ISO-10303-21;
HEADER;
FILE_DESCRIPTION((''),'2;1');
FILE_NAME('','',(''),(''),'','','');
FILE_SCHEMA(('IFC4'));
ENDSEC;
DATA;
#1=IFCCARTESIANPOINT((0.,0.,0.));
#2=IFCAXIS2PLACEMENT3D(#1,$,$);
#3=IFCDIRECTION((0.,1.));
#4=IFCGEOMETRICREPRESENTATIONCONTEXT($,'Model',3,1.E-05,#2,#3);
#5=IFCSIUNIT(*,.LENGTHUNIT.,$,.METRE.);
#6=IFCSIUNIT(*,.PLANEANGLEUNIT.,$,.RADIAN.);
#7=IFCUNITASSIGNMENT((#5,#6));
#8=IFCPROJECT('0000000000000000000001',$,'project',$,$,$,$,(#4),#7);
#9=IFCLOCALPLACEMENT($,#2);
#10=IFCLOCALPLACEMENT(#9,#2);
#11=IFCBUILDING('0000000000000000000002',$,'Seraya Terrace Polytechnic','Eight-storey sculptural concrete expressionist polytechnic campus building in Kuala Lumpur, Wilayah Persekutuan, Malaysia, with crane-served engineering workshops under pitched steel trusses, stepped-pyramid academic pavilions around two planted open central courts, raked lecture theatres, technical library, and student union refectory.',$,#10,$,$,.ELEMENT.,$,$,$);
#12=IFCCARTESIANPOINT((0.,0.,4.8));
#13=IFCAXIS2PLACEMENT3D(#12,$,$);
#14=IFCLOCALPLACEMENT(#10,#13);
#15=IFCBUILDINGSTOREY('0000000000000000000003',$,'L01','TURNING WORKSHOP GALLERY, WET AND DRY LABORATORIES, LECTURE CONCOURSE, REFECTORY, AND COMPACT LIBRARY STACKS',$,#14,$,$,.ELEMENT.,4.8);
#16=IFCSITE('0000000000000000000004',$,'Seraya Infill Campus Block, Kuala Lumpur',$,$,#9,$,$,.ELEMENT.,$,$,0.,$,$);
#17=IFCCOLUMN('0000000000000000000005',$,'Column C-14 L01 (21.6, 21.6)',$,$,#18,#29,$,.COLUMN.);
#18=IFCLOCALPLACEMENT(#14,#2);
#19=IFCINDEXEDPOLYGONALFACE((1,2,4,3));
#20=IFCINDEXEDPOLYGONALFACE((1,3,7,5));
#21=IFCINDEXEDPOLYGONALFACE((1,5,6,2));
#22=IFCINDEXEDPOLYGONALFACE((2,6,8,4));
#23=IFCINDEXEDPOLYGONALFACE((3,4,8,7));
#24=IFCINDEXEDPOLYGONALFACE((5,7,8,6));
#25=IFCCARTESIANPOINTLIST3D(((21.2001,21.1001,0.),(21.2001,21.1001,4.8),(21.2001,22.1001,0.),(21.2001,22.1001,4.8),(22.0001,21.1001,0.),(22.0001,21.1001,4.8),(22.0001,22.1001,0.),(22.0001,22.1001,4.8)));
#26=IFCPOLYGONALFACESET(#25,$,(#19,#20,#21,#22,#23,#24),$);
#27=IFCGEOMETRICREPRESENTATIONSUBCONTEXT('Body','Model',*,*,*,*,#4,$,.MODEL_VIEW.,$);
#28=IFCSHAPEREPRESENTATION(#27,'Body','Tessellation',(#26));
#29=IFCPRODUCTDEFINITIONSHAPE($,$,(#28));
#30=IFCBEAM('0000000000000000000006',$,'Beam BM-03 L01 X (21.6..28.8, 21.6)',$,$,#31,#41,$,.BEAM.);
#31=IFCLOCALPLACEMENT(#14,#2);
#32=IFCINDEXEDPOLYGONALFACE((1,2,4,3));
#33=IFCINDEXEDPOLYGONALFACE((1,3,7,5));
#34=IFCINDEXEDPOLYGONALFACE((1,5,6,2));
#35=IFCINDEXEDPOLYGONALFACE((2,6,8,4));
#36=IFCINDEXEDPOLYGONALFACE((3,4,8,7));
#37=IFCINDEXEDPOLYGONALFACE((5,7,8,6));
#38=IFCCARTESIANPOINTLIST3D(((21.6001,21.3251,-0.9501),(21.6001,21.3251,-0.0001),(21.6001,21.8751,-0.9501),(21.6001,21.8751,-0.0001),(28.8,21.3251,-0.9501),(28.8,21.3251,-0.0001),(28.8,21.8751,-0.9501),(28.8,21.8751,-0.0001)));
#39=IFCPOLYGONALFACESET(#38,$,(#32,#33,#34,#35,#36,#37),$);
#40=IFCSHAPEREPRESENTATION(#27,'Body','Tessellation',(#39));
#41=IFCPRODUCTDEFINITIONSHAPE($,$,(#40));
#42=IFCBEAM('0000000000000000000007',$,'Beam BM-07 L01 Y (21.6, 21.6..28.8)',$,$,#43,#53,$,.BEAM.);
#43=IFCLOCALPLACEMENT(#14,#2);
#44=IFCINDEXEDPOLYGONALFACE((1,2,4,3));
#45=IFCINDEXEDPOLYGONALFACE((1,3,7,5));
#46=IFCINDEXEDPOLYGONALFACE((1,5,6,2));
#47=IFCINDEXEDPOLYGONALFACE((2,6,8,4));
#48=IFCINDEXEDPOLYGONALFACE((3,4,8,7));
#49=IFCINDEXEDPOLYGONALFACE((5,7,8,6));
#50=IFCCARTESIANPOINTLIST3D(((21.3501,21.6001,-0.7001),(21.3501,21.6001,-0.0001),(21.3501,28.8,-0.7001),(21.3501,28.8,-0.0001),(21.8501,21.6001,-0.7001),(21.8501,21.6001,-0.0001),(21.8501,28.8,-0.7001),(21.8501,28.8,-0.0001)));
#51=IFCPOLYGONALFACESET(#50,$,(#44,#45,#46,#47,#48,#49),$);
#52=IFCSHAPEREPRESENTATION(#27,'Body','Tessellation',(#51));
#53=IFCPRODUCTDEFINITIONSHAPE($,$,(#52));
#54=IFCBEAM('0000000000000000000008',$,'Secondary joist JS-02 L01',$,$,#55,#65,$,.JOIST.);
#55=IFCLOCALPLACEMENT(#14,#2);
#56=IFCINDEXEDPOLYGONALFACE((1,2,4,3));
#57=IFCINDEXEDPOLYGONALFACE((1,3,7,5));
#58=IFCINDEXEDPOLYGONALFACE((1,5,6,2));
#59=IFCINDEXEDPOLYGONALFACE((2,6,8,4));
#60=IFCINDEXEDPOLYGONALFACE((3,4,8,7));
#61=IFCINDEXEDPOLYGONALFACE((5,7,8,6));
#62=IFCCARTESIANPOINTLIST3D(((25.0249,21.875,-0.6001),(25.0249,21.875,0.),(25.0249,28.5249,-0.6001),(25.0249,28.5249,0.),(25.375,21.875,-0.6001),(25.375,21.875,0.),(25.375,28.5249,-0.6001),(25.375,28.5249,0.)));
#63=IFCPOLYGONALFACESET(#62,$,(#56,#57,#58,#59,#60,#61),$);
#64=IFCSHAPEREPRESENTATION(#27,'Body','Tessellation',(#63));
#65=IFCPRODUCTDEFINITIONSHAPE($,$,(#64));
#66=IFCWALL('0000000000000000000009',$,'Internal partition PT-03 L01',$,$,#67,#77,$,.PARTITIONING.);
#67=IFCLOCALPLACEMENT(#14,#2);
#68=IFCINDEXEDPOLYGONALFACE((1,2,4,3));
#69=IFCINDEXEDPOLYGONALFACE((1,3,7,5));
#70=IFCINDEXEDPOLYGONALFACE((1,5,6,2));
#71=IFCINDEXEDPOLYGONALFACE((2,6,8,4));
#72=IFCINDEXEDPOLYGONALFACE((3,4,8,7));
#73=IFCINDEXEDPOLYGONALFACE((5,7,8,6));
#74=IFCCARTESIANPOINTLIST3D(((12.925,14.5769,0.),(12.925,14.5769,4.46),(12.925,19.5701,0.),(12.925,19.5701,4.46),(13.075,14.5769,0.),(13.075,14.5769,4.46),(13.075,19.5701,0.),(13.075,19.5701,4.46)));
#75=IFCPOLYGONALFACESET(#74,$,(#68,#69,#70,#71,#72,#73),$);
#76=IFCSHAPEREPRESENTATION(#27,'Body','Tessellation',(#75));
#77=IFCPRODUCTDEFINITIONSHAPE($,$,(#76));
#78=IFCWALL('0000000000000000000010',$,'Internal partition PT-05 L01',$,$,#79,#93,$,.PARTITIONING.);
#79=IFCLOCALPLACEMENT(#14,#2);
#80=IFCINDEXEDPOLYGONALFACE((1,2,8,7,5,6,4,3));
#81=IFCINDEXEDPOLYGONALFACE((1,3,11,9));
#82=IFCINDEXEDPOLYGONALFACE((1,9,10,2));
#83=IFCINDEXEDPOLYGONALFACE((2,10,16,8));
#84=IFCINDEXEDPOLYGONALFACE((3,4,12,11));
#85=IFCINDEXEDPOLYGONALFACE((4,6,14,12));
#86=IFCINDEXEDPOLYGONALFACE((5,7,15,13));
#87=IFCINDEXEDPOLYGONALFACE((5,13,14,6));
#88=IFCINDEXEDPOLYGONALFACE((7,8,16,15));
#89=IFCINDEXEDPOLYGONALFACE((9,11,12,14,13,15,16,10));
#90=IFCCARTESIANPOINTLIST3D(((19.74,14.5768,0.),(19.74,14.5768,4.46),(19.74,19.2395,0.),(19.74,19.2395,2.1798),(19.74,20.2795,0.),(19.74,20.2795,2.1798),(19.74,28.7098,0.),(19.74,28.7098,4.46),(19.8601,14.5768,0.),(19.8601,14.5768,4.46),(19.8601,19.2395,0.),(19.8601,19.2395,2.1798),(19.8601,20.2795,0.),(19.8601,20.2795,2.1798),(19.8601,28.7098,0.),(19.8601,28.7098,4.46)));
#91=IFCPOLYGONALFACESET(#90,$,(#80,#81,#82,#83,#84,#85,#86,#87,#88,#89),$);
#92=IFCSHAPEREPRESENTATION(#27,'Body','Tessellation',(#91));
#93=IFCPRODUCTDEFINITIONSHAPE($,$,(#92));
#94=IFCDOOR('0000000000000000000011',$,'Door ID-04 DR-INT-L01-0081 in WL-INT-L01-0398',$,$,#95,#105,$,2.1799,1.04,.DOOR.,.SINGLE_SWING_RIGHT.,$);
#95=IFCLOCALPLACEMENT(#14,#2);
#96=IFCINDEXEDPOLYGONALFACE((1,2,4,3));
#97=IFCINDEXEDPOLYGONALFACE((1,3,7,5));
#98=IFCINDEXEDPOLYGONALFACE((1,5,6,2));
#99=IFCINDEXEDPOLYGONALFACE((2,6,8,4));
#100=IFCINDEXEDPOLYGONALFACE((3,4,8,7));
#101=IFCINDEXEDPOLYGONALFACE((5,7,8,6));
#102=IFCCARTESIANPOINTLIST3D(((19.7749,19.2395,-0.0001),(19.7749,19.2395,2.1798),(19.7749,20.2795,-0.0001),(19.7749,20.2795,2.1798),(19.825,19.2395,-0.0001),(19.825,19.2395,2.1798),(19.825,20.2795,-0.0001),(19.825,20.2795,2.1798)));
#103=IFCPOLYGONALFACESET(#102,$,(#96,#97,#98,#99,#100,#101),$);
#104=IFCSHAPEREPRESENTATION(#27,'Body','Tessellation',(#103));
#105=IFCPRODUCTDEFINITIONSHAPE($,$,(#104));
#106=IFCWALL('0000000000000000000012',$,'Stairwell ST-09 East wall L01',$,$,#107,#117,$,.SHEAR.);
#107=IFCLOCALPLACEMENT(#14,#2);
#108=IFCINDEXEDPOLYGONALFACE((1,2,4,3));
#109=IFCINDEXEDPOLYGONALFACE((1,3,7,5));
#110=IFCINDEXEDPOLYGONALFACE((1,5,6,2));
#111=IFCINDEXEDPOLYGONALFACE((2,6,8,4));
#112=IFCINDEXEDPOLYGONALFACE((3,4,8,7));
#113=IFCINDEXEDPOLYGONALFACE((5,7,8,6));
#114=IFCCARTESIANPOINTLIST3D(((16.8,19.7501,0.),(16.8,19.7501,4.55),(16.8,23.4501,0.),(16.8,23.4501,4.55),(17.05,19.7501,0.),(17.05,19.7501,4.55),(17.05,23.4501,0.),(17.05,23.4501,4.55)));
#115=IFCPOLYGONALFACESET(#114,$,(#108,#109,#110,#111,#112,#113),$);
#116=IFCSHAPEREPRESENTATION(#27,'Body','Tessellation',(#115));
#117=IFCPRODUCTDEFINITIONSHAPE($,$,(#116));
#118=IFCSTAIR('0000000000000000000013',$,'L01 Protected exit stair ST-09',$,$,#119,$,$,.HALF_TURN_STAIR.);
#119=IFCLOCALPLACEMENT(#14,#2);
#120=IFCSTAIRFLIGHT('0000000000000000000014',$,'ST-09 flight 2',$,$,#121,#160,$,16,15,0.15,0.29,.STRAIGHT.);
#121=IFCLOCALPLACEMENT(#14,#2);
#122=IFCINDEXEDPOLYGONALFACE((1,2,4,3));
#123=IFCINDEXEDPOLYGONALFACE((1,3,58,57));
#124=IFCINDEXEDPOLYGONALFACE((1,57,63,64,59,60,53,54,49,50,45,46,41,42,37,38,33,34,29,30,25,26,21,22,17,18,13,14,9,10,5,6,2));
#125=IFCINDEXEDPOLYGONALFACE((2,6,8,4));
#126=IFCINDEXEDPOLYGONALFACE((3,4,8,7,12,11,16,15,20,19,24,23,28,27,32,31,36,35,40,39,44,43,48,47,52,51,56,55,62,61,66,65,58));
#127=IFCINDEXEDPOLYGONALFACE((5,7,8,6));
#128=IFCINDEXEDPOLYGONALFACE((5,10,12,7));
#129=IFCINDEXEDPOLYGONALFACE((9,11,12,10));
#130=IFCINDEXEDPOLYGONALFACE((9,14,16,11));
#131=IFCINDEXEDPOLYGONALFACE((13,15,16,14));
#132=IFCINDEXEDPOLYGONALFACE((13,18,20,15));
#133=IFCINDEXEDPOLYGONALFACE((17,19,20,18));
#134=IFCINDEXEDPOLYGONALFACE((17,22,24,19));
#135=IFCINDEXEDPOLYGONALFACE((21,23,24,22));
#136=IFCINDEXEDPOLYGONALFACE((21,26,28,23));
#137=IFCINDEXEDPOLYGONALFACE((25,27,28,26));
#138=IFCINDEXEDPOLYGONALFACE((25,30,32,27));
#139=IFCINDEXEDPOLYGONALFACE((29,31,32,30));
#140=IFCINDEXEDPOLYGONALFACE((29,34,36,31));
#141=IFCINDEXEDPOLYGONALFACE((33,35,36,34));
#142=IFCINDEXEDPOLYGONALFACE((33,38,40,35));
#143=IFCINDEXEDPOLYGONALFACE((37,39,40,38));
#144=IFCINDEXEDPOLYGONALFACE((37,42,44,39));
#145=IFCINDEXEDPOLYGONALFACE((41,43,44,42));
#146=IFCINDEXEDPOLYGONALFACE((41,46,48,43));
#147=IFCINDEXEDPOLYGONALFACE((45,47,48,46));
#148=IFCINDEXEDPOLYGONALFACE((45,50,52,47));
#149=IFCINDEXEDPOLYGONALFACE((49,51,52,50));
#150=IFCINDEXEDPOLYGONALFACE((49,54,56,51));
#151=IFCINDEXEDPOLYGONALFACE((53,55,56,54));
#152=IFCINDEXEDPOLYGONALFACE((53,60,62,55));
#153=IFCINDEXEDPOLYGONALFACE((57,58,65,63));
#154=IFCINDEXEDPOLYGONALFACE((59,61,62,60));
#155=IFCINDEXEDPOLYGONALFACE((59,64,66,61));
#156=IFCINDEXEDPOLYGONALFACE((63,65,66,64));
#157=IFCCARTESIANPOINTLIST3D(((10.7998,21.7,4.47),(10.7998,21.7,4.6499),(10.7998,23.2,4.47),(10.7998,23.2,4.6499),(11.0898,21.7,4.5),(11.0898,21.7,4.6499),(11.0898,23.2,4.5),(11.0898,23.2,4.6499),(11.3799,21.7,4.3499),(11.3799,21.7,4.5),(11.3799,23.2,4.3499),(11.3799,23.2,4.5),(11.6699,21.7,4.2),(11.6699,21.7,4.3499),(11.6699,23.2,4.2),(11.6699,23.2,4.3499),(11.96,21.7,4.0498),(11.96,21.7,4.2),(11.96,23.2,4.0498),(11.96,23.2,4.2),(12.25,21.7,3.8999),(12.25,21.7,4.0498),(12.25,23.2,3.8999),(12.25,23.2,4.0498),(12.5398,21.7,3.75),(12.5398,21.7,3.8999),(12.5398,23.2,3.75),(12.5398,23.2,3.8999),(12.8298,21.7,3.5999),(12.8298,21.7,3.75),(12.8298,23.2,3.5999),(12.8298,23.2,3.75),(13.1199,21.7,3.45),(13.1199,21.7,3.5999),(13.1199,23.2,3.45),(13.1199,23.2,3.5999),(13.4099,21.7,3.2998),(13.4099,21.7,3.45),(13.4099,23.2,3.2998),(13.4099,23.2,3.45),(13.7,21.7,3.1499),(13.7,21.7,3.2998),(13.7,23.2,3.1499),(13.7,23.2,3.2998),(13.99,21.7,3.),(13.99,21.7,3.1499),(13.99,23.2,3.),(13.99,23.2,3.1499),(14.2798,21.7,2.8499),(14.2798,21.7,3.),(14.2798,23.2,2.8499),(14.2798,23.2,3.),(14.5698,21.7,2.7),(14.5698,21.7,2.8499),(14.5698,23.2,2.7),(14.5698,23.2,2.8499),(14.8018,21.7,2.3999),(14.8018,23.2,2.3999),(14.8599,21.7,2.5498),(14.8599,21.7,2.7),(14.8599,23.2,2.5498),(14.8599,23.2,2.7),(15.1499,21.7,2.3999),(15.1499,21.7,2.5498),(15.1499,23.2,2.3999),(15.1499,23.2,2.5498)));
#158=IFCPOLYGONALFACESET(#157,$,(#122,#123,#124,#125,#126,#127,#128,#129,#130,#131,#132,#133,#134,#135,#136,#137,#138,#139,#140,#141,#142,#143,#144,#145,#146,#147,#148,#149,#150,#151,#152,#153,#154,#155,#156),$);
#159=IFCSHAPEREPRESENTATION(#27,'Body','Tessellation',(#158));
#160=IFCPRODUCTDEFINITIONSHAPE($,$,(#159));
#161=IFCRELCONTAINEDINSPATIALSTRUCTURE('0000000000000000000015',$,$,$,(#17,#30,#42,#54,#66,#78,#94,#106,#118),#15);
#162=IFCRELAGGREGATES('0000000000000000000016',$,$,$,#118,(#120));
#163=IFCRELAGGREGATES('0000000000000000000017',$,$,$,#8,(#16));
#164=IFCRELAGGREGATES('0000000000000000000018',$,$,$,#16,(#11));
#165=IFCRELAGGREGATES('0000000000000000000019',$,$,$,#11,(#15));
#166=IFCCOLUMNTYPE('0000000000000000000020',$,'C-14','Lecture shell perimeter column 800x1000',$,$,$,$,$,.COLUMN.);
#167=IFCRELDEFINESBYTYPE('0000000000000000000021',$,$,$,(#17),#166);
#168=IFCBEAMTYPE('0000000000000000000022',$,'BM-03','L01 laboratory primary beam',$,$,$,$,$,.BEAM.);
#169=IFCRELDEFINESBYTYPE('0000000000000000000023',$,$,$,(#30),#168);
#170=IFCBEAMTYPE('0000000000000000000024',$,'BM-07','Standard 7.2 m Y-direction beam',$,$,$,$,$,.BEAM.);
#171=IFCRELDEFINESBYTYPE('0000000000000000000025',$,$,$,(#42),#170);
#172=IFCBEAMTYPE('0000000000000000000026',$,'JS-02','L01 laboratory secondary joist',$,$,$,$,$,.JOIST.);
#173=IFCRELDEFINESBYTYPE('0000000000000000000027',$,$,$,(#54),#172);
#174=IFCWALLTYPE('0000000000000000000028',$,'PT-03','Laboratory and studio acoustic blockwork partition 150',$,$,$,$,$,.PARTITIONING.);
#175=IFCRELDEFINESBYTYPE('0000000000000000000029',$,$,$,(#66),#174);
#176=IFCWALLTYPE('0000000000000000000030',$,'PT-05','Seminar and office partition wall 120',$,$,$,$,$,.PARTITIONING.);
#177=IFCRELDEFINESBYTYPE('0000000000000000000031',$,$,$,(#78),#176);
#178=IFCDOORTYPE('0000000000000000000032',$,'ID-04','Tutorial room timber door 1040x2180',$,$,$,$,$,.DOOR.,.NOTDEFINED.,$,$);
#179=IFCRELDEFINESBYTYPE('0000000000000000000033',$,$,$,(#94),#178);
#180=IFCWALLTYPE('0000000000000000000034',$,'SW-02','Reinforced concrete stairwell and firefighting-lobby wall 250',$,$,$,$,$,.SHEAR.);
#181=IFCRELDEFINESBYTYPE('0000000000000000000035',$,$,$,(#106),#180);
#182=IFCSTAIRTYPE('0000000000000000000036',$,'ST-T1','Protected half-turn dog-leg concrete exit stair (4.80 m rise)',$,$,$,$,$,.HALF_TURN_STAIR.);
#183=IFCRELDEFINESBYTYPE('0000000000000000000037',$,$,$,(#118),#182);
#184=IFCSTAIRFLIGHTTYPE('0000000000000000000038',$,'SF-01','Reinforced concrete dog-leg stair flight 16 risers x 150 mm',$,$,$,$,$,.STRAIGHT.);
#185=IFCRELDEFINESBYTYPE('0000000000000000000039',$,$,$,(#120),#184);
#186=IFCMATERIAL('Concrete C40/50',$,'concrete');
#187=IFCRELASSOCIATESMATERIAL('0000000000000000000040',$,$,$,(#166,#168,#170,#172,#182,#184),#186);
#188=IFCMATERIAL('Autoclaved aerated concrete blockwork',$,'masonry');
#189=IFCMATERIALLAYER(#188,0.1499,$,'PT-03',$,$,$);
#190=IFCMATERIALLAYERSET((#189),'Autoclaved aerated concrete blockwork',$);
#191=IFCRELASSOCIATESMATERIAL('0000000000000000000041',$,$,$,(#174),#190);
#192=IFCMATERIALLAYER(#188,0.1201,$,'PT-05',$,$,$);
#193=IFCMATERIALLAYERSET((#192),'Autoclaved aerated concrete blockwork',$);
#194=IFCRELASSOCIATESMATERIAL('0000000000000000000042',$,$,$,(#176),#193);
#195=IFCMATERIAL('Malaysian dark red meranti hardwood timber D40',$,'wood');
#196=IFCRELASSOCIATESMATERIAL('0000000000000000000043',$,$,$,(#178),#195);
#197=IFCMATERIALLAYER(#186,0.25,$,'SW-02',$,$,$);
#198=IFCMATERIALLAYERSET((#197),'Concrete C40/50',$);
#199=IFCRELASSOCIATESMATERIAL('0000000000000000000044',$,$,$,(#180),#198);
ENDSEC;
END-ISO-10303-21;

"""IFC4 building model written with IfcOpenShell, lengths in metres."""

from ifc_helpers import new_model, si_unit, direction, frame, frame_2d, origin, origin_2d, place, context, subcontext, project, spatial, polyline, rectangle, outline, extrude, material, layer, layer_set, material_profile, profile_set, type_object, element, fill, aggregate, save


model = new_model("IFC4")

# Units and contexts
model_context = context("Model", 3, precision=1e-05, world=origin(), true_north=direction((0.0, 1.0)))
body_context = subcontext(model_context, "Body", "Model", "MODEL_VIEW")
ifc_project = project(units=[si_unit("LENGTHUNIT", "METRE"), si_unit("PLANEANGLEUNIT", "RADIAN")], contexts=[model_context])

# Site, building, storey
site_placement = place(None, origin())
site = spatial("IfcSite", under=ifc_project, at=site_placement, Name="Seraya Infill Campus Block, Kuala Lumpur", CompositionType="ELEMENT", RefElevation=0.0)
building_placement = place(site_placement, origin())
building = spatial("IfcBuilding", under=site, at=building_placement, Name="Seraya Terrace Polytechnic", Description="Eight-storey sculptural concrete expressionist polytechnic campus building in Kuala Lumpur, Wilayah Persekutuan, Malaysia, with crane-served engineering workshops under pitched steel trusses, stepped-pyramid academic pavilions around two planted open central courts, raked lecture theatres, technical library, and student union refectory.", CompositionType="ELEMENT")
storey_placement = place(building_placement, frame((0.0, 0.0, 4.8)))
storey = spatial("IfcBuildingStorey", under=building, at=storey_placement, Name="L01", Description="TURNING WORKSHOP GALLERY, WET AND DRY LABORATORIES, LECTURE CONCOURSE, REFECTORY, AND COMPACT LIBRARY STACKS", CompositionType="ELEMENT", Elevation=4.8)

# Column
ifc_material_1 = material(Name="Concrete C40/50", Category="concrete")
ifc_material_profile_1 = material_profile(ifc_material_1, rectangle(XDim=0.8, YDim=1.0, at=origin_2d()), Name="RC 800x1000")
ifc_profile_set_1 = profile_set([ifc_material_profile_1], Name="Concrete C40/50")
column_type = type_object("IfcColumnType", Name="C-14", Description="Lecture shell perimeter column 800x1000", PredefinedType="COLUMN", material=ifc_profile_set_1)
column_placement = place(storey_placement, frame((21.6001, 21.6001, 0.0), z_axis=(0.0, 0.0, 1.0), x_axis=(1.0, 0.0, 0.0)))
element("IfcColumn", 1, at=column_placement, inside=storey, type_object=column_type, Name="Column C-14 L01 (21.6, 21.6)", PredefinedType="COLUMN", context=body_context, shape_type="SweptSolid", body=[
    extrude(rectangle(XDim=0.8, YDim=1.0, at=origin_2d()), origin(), (0.0, 0.0, 1.0), 4.8),
])

# Beams
ifc_material_profile_2 = material_profile(ifc_material_1, rectangle(XDim=0.55, YDim=0.95, at=origin_2d()), Name="RC 550x950")
ifc_profile_set_2 = profile_set([ifc_material_profile_2], Name="Concrete C40/50")
beam_type_1 = type_object("IfcBeamType", Name="BM-03", Description="L01 laboratory primary beam", PredefinedType="BEAM", material=ifc_profile_set_2)
beam_1_placement = place(storey_placement, frame((21.6001, 21.6001, -0.4751), z_axis=(1.0, 0.0, 0.0), x_axis=(0.0, 1.0, 0.0)))
element("IfcBeam", 2, at=beam_1_placement, inside=storey, type_object=beam_type_1, Name="Beam BM-03 L01 X (21.6..28.8, 21.6)", PredefinedType="BEAM", context=body_context, shape_type="SweptSolid", body=[
    extrude(rectangle(XDim=0.55, YDim=0.95, at=origin_2d()), origin(), (0.0, 0.0, 1.0), 7.2),
])
ifc_material_profile_3 = material_profile(ifc_material_1, rectangle(XDim=0.5, YDim=0.7, at=origin_2d()), Name="RC 500x700")
ifc_profile_set_3 = profile_set([ifc_material_profile_3], Name="Concrete C40/50")
beam_type_2 = type_object("IfcBeamType", Name="BM-07", Description="Standard 7.2 m Y-direction beam", PredefinedType="BEAM", material=ifc_profile_set_3)
beam_2_placement = place(storey_placement, frame((21.6001, 21.6001, -0.3501), z_axis=(0.0, 1.0, 0.0), x_axis=(-1.0, 0.0, 0.0)))
element("IfcBeam", 3, at=beam_2_placement, inside=storey, type_object=beam_type_2, Name="Beam BM-07 L01 Y (21.6, 21.6..28.8)", PredefinedType="BEAM", context=body_context, shape_type="SweptSolid", body=[
    extrude(rectangle(XDim=0.5, YDim=0.7, at=origin_2d()), origin(), (0.0, 0.0, 1.0), 7.2),
])
ifc_material_profile_4 = material_profile(ifc_material_1, rectangle(XDim=0.3501, YDim=0.6001, at=origin_2d()), Name="RC 350x600")
ifc_profile_set_4 = profile_set([ifc_material_profile_4], Name="Concrete C40/50")
beam_type_3 = type_object("IfcBeamType", Name="JS-02", Description="L01 laboratory secondary joist", PredefinedType="JOIST", material=ifc_profile_set_4)
beam_3_placement = place(storey_placement, frame((25.2, 21.875, -0.3), z_axis=(0.0, 1.0, 0.0), x_axis=(-1.0, 0.0, 0.0)))
element("IfcBeam", 4, at=beam_3_placement, inside=storey, type_object=beam_type_3, Name="Secondary joist JS-02 L01", PredefinedType="JOIST", context=body_context, shape_type="SweptSolid", body=[
    extrude(rectangle(XDim=0.3501, YDim=0.6001, at=origin_2d()), origin(), (0.0, 0.0, 1.0), 6.6499),
])

# Wall
ifc_material_2 = material(Name="Autoclaved aerated concrete blockwork", Category="masonry")
ifc_layer_1 = layer(ifc_material_2, 0.1499, Name="PT-03")
ifc_layer_set_1 = layer_set([ifc_layer_1], Name="Autoclaved aerated concrete blockwork")
wall_type_1 = type_object("IfcWallType", Name="PT-03", Description="Laboratory and studio acoustic blockwork partition 150", PredefinedType="PARTITIONING", material=ifc_layer_set_1)
wall_1_placement = place(storey_placement, frame((13.0, 14.5769, 0.0), z_axis=(0.0, 0.0, 1.0), x_axis=(0.0, 1.0, 0.0)))
element("IfcWall", 5, at=wall_1_placement, inside=storey, type_object=wall_type_1, Name="Internal partition PT-03 L01", PredefinedType="PARTITIONING", context=body_context, shape_type="SweptSolid", body=[
    extrude(rectangle(XDim=4.9932, YDim=0.1499, at=frame_2d((2.4966, 0.0))), origin(), (0.0, 0.0, 1.0), 4.46),
])

# Wall, opening, door
ifc_layer_2 = layer(ifc_material_2, 0.1201, Name="PT-05")
ifc_layer_set_2 = layer_set([ifc_layer_2], Name="Autoclaved aerated concrete blockwork")
wall_type_2 = type_object("IfcWallType", Name="PT-05", Description="Seminar and office partition wall 120", PredefinedType="PARTITIONING", material=ifc_layer_set_2)
wall_2_placement = place(storey_placement, frame((19.8, 14.5769, 0.0), z_axis=(0.0, 0.0, 1.0), x_axis=(0.0, 1.0, 0.0)))
wall_2 = element("IfcWall", 6, at=wall_2_placement, inside=storey, type_object=wall_type_2, Name="Internal partition PT-05 L01", PredefinedType="PARTITIONING", context=body_context, shape_type="SweptSolid", body=[
    extrude(rectangle(XDim=14.1331, YDim=0.1201, at=frame_2d((7.0664, 0.0))), origin(), (0.0, 0.0, 1.0), 4.46),
])
opening_placement = place(wall_2_placement, frame((4.6626, 0.0, 0.0)))
opening = element("IfcOpeningElement", 7, at=opening_placement, cuts=wall_2, PredefinedType="OPENING", context=body_context, shape_type="SweptSolid", body=[
    extrude(rectangle(XDim=1.04, YDim=2.1799, at=frame_2d((0.52, 1.0898))), frame((0.0, 0.072, 0.0), z_axis=(0.0, -1.0, 0.0), x_axis=(1.0, 0.0, 0.0)), (0.0, 0.0, 1.0), 0.144),
])
ifc_material_3 = material(Name="Malaysian dark red meranti hardwood timber D40", Category="wood")
door_type = type_object("IfcDoorType", Name="ID-04", Description="Tutorial room timber door 1040x2180", OperationType="NOTDEFINED", PredefinedType="DOOR", material=ifc_material_3)
door_placement = place(opening_placement, frame((1.04, 0.0, 0.0), z_axis=(0.0, 0.0, 1.0), x_axis=(-1.0, 0.0, 0.0)))
door = element("IfcDoor", 8, at=door_placement, inside=storey, type_object=door_type, Name="Door ID-04 DR-INT-L01-0081 in WL-INT-L01-0398", OperationType="SINGLE_SWING_RIGHT", OverallHeight=2.1799, OverallWidth=1.04, PredefinedType="DOOR", context=body_context, shape_type="SweptSolid", body=[
    extrude(rectangle(XDim=1.04, YDim=2.1799, at=frame_2d((0.52, 1.0898))), frame((0.0, 0.0249, 0.0), z_axis=(0.0, -1.0, 0.0), x_axis=(1.0, 0.0, 0.0)), (0.0, 0.0, 1.0), 0.05),
])
fill(opening, door)

# Wall
ifc_layer_3 = layer(ifc_material_1, 0.25, Name="SW-02")
ifc_layer_set_3 = layer_set([ifc_layer_3], Name="Concrete C40/50")
wall_type_3 = type_object("IfcWallType", Name="SW-02", Description="Reinforced concrete stairwell and firefighting-lobby wall 250", PredefinedType="SHEAR", material=ifc_layer_set_3)
wall_3_placement = place(storey_placement, frame((16.925, 19.75, 0.0), z_axis=(0.0, 0.0, 1.0), x_axis=(0.0, 1.0, 0.0)))
element("IfcWall", 9, at=wall_3_placement, inside=storey, type_object=wall_type_3, Name="Stairwell ST-09 East wall L01", PredefinedType="SHEAR", context=body_context, shape_type="SweptSolid", body=[
    extrude(rectangle(XDim=3.7, YDim=0.25, at=frame_2d((1.8501, 0.0))), origin(), (0.0, 0.0, 1.0), 4.55),
])

# Stair, stair flight
stair_type_1 = type_object("IfcStairType", Name="ST-T1", Description="Protected half-turn dog-leg concrete exit stair (4.80 m rise)", PredefinedType="HALF_TURN_STAIR", material=ifc_material_1)
stair_1_placement = place(storey_placement, origin())
stair_1 = element("IfcStair", 10, at=stair_1_placement, inside=storey, type_object=stair_type_1, Name="L01 Protected exit stair ST-09", PredefinedType="HALF_TURN_STAIR")
stair_flight_type_1 = type_object("IfcStairFlightType", Name="SF-01", Description="Reinforced concrete dog-leg stair flight 16 risers x 150 mm", PredefinedType="STRAIGHT", material=ifc_material_1)
stair_flight_1_placement = place(storey_placement, frame((15.1499, 22.45, 2.3999), z_axis=(0.0, 0.0, 1.0), x_axis=(-1.0, 0.0, 0.0)))
stair_flight_1 = element("IfcStairFlight", 11, at=stair_flight_1_placement, type_object=stair_flight_type_1, Name="ST-09 flight 2", NumberOfRisers=16, NumberOfTreads=15, PredefinedType="STRAIGHT", RiserHeight=0.15, TreadLength=0.29, context=body_context, shape_type="SweptSolid", body=[
    extrude(outline(polyline([(0.0, 0.0), (0.0, 0.1499), (0.29, 0.1499), (0.29, 0.3), (0.5801, 0.3), (0.5801, 0.45), (0.8701, 0.45), (0.8701, 0.6001), (1.1599, 0.6001), (1.1599, 0.75), (1.45, 0.75), (1.45, 0.8999), (1.74, 0.8999), (1.74, 1.05), (2.03, 1.05), (2.03, 1.2), (2.3201, 1.2), (2.3201, 1.3501), (2.6101, 1.3501), (2.6101, 1.5), (2.8999, 1.5), (2.8999, 1.6499), (3.1899, 1.6499), (3.1899, 1.8), (3.48, 1.8), (3.48, 1.95), (3.77, 1.95), (3.77, 2.1001), (4.0601, 2.1001), (4.0601, 2.25), (4.3501, 2.25), (4.3501, 2.3999), (4.3501, 2.0701), (0.3481, 0.0), (0.0, 0.0)])), frame((0.0, 0.75, 0.0), z_axis=(0.0, -1.0, 0.0), x_axis=(1.0, 0.0, 0.0)), (0.0, 0.0, 1.0), 1.5),
])
aggregate(stair_1, [stair_flight_1])

save(model, "model.ifc")
